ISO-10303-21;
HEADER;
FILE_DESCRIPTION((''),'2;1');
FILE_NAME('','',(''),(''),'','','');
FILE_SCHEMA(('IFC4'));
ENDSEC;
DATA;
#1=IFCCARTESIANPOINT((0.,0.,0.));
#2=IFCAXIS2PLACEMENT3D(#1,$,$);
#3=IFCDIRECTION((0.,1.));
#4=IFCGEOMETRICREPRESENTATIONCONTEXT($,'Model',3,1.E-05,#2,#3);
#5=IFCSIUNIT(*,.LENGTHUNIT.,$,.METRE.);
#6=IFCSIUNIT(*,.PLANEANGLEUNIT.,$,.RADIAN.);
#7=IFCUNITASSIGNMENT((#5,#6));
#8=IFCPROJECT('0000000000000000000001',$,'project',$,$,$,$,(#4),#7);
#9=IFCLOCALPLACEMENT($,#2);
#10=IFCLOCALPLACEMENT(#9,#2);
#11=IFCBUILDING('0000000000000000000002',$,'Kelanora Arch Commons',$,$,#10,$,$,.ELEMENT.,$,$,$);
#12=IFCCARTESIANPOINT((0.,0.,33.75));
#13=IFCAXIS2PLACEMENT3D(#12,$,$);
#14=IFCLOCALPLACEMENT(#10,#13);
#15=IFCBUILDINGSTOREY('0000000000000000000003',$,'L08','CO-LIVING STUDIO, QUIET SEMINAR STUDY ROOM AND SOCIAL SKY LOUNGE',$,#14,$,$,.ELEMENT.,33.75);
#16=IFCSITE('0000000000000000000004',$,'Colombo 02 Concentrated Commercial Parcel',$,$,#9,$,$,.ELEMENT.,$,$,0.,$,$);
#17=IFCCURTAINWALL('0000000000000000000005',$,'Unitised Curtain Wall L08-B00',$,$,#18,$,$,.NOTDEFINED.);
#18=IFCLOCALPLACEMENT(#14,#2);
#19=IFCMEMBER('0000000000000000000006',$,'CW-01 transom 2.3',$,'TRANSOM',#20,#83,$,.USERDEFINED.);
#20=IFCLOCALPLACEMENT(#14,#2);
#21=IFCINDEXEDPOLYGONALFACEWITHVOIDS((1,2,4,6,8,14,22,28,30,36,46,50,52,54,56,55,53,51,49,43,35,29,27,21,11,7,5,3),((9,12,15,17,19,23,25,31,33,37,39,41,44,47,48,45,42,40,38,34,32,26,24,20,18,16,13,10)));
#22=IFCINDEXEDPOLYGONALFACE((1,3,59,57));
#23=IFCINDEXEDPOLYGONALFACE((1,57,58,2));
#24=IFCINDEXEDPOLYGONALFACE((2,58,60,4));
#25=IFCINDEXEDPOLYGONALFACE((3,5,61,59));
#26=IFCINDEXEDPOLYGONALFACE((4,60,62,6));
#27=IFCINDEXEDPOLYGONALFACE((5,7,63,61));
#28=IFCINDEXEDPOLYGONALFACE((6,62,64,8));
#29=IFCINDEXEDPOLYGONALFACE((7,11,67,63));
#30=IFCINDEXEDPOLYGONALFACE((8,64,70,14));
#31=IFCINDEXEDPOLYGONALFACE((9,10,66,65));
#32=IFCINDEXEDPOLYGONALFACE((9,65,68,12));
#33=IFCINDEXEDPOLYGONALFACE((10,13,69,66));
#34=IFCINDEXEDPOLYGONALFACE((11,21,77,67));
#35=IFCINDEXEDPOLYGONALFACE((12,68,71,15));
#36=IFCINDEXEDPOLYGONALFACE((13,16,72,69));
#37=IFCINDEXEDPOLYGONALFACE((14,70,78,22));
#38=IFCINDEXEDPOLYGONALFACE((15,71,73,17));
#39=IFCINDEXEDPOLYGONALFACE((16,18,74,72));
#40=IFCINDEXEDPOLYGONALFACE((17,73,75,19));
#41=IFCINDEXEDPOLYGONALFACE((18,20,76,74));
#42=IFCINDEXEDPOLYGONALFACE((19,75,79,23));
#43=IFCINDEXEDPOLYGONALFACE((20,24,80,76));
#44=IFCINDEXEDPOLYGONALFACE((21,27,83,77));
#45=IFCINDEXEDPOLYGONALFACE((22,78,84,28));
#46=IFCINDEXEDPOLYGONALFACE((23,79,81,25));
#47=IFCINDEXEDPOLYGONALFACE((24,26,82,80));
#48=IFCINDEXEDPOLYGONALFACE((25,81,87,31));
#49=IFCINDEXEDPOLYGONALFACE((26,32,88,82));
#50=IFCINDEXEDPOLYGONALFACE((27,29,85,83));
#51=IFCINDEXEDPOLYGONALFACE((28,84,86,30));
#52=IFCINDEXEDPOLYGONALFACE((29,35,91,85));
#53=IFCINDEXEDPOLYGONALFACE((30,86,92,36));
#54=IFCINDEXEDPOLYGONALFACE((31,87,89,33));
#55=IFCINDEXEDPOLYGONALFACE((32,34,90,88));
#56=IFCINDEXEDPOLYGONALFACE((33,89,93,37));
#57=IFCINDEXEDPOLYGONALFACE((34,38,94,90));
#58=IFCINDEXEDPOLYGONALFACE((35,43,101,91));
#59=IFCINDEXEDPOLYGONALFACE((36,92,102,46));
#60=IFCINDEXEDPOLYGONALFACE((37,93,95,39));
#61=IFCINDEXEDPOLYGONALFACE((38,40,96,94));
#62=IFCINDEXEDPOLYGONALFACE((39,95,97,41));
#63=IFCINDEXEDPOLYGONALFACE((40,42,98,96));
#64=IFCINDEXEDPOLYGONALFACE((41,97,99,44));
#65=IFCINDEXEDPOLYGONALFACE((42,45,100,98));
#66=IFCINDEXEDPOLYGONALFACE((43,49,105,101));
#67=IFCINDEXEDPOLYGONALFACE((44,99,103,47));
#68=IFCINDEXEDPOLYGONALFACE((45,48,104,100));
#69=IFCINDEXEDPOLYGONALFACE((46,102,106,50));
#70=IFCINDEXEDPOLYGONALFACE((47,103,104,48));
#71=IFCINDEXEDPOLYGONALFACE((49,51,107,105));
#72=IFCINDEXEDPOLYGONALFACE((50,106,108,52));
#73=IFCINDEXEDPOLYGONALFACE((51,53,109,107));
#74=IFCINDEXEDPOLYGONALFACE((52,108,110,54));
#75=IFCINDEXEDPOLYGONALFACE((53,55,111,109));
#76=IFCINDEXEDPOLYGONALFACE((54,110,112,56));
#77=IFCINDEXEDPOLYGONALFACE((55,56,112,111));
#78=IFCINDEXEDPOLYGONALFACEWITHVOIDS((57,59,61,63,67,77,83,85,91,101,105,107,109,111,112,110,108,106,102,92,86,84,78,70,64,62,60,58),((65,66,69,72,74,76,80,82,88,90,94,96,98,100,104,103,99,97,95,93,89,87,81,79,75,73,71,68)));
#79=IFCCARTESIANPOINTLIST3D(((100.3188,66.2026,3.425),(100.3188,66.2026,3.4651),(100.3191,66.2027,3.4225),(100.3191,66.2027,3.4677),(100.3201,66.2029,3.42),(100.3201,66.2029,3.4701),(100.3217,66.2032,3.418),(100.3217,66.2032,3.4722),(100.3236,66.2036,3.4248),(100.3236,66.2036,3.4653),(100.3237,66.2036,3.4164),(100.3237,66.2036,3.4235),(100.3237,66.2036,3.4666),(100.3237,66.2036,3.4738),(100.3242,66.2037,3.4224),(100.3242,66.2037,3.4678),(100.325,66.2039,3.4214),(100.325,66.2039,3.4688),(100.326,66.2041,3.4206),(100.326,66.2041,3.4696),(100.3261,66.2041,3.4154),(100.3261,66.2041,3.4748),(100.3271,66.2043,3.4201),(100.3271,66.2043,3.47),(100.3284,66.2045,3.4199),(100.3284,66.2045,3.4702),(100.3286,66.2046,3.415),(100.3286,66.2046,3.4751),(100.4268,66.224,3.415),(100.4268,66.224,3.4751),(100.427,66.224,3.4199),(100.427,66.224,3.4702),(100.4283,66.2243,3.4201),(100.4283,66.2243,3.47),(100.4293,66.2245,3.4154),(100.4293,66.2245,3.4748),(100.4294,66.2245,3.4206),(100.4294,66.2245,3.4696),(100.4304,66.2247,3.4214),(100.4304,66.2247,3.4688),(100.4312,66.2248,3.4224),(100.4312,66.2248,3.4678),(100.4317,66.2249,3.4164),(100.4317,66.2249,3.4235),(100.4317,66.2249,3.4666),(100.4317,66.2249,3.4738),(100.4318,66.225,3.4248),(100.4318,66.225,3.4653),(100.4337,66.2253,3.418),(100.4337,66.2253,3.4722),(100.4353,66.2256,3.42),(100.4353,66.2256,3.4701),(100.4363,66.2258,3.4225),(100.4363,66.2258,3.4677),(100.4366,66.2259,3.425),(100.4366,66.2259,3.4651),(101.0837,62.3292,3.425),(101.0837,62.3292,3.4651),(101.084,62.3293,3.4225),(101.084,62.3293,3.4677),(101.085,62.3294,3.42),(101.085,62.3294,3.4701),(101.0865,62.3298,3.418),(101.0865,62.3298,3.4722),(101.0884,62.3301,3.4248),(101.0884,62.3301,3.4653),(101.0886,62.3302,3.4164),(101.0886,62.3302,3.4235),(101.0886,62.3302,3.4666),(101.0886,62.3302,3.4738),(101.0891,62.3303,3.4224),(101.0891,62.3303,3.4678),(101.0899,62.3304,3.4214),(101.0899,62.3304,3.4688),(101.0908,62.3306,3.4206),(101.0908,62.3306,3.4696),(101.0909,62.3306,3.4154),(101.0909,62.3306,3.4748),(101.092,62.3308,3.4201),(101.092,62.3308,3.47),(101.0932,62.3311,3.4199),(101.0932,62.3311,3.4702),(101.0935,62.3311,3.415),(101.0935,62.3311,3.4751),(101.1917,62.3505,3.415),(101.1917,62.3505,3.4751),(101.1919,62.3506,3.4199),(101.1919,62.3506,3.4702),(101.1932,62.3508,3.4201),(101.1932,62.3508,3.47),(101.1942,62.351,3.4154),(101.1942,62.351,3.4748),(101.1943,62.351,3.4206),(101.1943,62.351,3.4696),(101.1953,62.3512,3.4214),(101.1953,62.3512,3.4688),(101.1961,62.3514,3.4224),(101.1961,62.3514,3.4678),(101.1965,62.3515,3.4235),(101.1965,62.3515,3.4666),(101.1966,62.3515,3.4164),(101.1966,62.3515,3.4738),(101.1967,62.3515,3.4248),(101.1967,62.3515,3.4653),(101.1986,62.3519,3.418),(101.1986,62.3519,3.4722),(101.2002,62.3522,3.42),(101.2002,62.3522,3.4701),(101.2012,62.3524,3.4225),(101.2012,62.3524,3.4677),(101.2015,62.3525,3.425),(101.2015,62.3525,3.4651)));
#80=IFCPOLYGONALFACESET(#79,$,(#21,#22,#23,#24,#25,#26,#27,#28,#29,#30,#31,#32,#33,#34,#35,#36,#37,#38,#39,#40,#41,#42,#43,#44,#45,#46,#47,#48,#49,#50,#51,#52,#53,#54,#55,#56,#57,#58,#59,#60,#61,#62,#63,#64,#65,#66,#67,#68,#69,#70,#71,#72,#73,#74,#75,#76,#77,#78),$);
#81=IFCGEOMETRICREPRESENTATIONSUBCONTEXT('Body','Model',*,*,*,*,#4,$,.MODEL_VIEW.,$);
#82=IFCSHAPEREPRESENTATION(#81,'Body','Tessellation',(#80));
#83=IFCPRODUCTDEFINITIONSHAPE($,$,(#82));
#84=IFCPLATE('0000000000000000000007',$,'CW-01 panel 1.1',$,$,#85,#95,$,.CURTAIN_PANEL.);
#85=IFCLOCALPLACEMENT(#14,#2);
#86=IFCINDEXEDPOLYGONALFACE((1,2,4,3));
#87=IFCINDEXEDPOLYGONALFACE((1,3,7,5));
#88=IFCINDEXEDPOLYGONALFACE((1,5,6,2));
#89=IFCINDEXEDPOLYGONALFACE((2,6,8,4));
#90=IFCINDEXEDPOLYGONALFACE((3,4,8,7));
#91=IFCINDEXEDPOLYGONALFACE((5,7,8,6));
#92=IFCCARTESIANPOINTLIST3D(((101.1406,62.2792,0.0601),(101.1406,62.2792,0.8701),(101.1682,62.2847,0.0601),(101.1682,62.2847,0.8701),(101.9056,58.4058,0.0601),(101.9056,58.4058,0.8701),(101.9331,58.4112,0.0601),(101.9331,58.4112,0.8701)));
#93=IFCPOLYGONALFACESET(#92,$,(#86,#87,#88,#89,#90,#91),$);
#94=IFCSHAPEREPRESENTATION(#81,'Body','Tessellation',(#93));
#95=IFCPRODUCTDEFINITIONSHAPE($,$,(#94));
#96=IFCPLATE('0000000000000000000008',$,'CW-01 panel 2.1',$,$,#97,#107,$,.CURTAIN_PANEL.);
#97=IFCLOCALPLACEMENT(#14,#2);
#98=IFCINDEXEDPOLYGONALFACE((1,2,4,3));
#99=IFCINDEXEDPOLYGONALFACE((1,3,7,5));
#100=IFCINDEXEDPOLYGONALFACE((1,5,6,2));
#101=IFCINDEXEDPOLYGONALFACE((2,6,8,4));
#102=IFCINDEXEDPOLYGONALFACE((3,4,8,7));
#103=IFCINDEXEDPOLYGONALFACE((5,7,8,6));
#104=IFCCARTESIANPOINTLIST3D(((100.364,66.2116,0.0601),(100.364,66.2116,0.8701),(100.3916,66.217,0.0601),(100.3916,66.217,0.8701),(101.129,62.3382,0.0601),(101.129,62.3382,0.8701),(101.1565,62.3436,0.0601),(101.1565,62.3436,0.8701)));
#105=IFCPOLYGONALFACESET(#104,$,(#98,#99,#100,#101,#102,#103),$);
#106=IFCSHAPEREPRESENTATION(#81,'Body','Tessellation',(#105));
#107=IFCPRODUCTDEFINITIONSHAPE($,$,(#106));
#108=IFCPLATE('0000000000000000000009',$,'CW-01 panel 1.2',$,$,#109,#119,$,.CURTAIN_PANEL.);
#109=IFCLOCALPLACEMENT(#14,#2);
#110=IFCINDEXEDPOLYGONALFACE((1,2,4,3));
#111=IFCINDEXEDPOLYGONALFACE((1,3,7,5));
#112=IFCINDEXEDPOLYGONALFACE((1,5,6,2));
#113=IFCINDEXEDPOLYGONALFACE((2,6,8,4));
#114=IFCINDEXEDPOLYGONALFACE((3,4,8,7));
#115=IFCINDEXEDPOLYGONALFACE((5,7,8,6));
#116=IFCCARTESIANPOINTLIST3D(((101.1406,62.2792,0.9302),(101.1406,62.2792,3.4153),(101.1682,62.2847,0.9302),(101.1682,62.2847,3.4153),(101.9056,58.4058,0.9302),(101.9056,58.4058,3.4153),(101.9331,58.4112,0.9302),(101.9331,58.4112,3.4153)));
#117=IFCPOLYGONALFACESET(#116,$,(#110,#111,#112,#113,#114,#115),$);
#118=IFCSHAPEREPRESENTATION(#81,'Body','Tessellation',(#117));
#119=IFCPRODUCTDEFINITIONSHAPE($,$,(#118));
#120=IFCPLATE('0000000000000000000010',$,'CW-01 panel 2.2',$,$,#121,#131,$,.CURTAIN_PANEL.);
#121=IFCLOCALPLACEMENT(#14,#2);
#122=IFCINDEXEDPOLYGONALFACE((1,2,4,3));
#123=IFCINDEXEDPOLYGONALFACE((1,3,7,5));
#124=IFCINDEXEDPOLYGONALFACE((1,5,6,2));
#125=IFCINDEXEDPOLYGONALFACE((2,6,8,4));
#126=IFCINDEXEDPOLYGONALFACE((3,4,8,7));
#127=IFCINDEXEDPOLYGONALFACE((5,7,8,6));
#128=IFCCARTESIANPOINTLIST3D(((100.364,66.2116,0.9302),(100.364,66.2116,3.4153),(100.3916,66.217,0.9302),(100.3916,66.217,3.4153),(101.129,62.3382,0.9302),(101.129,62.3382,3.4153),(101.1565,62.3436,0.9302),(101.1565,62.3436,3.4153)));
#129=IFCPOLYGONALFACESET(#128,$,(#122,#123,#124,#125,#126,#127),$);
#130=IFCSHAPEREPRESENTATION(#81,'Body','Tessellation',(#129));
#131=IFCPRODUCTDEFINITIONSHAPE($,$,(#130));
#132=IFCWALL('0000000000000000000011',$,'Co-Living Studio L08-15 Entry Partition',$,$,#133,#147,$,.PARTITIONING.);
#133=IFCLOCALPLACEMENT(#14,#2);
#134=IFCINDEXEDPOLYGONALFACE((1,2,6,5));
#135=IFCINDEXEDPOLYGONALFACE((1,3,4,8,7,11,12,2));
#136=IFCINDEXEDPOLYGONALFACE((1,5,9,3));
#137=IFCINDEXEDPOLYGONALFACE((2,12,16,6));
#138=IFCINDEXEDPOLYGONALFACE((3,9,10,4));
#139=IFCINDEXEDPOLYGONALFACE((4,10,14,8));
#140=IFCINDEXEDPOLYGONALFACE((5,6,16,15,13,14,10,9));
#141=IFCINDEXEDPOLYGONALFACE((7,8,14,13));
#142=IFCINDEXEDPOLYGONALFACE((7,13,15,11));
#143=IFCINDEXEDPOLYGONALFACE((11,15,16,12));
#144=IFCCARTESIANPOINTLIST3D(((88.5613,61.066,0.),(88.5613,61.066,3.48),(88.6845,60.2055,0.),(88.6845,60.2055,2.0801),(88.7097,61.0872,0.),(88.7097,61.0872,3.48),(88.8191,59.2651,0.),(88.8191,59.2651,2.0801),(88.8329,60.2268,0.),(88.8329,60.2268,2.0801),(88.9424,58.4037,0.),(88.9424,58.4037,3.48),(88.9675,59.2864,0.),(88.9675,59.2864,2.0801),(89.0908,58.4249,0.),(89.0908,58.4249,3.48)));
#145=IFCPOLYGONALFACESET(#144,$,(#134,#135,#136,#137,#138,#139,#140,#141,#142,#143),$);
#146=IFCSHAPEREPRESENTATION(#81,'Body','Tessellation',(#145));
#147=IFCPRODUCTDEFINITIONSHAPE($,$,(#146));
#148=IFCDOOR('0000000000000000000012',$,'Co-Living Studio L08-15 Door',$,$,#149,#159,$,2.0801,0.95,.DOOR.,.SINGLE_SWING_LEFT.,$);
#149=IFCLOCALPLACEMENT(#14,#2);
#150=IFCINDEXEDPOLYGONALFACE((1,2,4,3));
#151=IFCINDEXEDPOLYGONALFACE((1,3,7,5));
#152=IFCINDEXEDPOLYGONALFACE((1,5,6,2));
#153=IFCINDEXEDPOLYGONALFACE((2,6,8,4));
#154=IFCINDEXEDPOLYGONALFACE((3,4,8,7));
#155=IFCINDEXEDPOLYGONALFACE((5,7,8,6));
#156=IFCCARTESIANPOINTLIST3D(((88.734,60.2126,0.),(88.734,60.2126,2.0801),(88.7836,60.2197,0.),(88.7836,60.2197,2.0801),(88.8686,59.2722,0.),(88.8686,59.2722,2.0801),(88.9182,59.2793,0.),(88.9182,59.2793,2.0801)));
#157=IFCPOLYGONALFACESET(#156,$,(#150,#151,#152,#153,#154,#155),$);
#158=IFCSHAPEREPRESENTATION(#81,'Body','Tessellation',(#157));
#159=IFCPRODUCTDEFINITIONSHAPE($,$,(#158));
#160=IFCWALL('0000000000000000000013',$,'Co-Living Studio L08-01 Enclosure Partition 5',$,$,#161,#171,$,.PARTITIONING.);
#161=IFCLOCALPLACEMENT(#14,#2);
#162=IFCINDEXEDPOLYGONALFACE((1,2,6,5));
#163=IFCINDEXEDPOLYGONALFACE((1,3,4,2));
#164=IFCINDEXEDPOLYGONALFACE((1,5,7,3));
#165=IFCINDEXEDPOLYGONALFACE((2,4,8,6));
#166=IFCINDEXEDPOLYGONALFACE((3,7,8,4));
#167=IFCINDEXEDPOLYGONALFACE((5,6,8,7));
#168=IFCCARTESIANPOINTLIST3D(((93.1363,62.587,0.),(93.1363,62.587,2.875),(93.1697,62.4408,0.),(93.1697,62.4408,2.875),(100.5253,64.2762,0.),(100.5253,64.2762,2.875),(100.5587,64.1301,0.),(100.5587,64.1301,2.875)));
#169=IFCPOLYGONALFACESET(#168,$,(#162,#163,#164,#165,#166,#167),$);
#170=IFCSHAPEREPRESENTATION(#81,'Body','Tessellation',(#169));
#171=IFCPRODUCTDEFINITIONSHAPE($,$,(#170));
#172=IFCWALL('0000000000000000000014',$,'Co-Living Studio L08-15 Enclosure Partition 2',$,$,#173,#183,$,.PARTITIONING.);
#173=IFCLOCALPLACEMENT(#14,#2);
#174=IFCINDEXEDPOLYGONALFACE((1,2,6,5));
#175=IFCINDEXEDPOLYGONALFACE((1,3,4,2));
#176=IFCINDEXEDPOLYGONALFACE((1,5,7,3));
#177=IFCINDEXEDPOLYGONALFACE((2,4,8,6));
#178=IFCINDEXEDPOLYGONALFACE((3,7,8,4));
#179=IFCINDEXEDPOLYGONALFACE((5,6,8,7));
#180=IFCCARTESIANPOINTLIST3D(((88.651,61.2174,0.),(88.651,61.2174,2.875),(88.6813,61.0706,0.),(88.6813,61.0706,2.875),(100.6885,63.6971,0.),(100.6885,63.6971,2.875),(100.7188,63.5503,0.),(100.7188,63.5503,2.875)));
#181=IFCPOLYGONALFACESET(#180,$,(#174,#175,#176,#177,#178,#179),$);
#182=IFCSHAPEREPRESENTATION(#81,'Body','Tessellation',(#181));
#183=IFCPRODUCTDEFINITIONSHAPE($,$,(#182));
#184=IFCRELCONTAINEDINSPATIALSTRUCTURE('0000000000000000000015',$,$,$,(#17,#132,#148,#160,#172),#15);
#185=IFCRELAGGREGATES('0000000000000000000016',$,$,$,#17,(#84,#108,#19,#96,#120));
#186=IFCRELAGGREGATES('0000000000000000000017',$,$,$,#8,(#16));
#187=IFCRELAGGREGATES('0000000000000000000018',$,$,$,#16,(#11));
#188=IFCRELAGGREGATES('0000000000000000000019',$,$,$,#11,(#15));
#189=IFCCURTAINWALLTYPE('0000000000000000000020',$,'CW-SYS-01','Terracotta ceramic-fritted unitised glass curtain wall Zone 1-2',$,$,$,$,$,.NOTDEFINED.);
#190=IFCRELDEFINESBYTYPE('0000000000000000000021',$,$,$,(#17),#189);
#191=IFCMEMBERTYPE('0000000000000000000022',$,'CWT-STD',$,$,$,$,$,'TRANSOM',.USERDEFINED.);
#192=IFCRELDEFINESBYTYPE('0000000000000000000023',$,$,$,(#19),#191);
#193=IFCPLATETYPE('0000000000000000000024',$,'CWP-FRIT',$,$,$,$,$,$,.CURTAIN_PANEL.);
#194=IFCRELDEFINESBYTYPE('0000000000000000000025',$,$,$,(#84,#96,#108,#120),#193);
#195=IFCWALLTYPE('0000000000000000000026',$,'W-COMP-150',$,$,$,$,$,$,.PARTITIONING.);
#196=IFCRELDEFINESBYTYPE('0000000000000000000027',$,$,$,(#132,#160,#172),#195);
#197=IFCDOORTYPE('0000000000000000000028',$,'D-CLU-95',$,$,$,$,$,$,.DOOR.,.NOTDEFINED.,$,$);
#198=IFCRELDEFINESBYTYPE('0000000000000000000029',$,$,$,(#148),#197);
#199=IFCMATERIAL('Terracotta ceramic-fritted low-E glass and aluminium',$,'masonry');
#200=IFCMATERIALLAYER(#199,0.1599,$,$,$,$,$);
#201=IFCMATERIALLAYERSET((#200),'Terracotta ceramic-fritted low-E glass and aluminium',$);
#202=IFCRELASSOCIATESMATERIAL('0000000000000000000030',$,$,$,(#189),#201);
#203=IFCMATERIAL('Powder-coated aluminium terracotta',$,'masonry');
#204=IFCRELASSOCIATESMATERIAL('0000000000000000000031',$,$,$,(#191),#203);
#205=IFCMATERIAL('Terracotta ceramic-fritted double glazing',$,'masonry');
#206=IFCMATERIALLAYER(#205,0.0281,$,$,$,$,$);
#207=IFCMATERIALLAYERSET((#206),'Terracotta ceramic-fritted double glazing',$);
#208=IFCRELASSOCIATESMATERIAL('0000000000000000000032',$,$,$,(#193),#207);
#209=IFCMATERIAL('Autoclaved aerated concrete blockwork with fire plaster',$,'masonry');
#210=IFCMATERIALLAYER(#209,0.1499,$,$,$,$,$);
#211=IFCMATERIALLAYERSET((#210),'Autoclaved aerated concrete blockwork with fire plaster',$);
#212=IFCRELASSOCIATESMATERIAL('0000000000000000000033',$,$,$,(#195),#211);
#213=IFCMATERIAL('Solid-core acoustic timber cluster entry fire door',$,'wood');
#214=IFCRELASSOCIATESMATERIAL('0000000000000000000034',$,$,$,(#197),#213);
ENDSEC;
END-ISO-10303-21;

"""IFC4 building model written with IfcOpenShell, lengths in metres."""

from ifc_helpers import new_model, si_unit, direction, frame, frame_2d, origin, origin_2d, place, context, subcontext, project, spatial, rectangle, hollow_rectangle, extrude, source, transform, mapped, material, layer, layer_set, material_profile, profile_set, type_object, element, fill, aggregate, save


model = new_model("IFC4")

# Units and contexts
model_context = context("Model", 3, precision=1e-05, world=origin(), true_north=direction((0.0, 1.0)))
body_context = subcontext(model_context, "Body", "Model", "MODEL_VIEW")
ifc_project = project(units=[si_unit("LENGTHUNIT", "METRE"), si_unit("PLANEANGLEUNIT", "RADIAN")], contexts=[model_context])

# Site, building, storey
site_placement = place(None, origin())
site = spatial("IfcSite", under=ifc_project, at=site_placement, Name="Colombo 02 Concentrated Commercial Parcel", CompositionType="ELEMENT", RefElevation=0.0)
building_placement = place(site_placement, origin())
building = spatial("IfcBuilding", under=site, at=building_placement, Name="Kelanora Arch Commons", CompositionType="ELEMENT")
storey_placement = place(building_placement, frame((0.0, 0.0, 33.75)))
storey = spatial("IfcBuildingStorey", under=building, at=storey_placement, Name="L08", Description="CO-LIVING STUDIO, QUIET SEMINAR STUDY ROOM AND SOCIAL SKY LOUNGE", CompositionType="ELEMENT", Elevation=33.75)

# Curtain wall, member, plates
ifc_material_1 = material(Name="Terracotta ceramic-fritted low-E glass and aluminium", Category="masonry")
ifc_layer_1 = layer(ifc_material_1, 0.1599)
ifc_layer_set_1 = layer_set([ifc_layer_1], Name="Terracotta ceramic-fritted low-E glass and aluminium")
curtain_wall_type = type_object("IfcCurtainWallType", Name="CW-SYS-01", Description="Terracotta ceramic-fritted unitised glass curtain wall Zone 1-2", PredefinedType="NOTDEFINED", material=ifc_layer_set_1)
curtain_wall_placement = place(storey_placement, origin())
curtain_wall = element("IfcCurtainWall", 1, at=curtain_wall_placement, inside=storey, type_object=curtain_wall_type, Name="Unitised Curtain Wall L08-B00", PredefinedType="NOTDEFINED")
ifc_material_2 = material(Name="Powder-coated aluminium terracotta", Category="masonry")
ifc_material_profile_1 = material_profile(ifc_material_2, hollow_rectangle(XDim=0.1201, YDim=0.0601, WallThickness=0.0049, InnerFilletRadius=0.0049, OuterFilletRadius=0.01, at=origin_2d()), Name="CWT120x60")
ifc_profile_set_1 = profile_set([ifc_material_profile_1], Name="Powder-coated aluminium terracotta")
member_type_1 = type_object("IfcMemberType", Name="CWT-STD", ElementType="TRANSOM", PredefinedType="USERDEFINED", material=ifc_profile_set_1)
member_1_placement = place(storey_placement, frame((101.1426, 62.3408, 3.4451), z_axis=(-0.193725, 0.981056, 0.0), x_axis=(-0.981056, -0.193725, 0.0)))
member_1 = element("IfcMember", 2, at=member_1_placement, type_object=member_type_1, Name="CW-01 transom 2.3", ObjectType="TRANSOM", PredefinedType="USERDEFINED", context=body_context, shape_type="SweptSolid", body=[
    extrude(hollow_rectangle(XDim=0.1201, YDim=0.0601, WallThickness=0.0049, InnerFilletRadius=0.0049, OuterFilletRadius=0.01, at=origin_2d()), origin(), (0.0, 0.0, 1.0), 3.9482),
])
ifc_material_3 = material(Name="Terracotta ceramic-fritted double glazing", Category="masonry")
ifc_layer_2 = layer(ifc_material_3, 0.0281)
ifc_layer_set_2 = layer_set([ifc_layer_2], Name="Terracotta ceramic-fritted double glazing")
plate_type = type_object("IfcPlateType", Name="CWP-FRIT", PredefinedType="CURTAIN_PANEL", material=ifc_layer_set_2)
shared_shape_1 = source(origin(), body_context, "Body", "SweptSolid", [
    extrude(rectangle(XDim=3.9482, YDim=0.0281, at=origin_2d()), origin(), (0.0, 0.0, 1.0), 0.8101),
])
plate_1_placement = place(storey_placement, frame((101.5369, 60.3452, 0.0601), z_axis=(0.0, 0.0, 1.0), x_axis=(-0.193744, 0.981052, 0.0)))
plate_1 = element("IfcPlate", 3, at=plate_1_placement, type_object=plate_type, Name="CW-01 panel 1.1", PredefinedType="CURTAIN_PANEL", context=body_context, shape_type="MappedRepresentation", body=[
    mapped(shared_shape_1, transform((0.0, 0.0, 0.0), scale=1.0)),
])
plate_2_placement = place(storey_placement, frame((100.7603, 64.2776, 0.0601), z_axis=(0.0, 0.0, 1.0), x_axis=(-0.193744, 0.981052, 0.0)))
plate_2 = element("IfcPlate", 4, at=plate_2_placement, type_object=plate_type, Name="CW-01 panel 2.1", PredefinedType="CURTAIN_PANEL", context=body_context, shape_type="MappedRepresentation", body=[
    mapped(shared_shape_1, transform((0.0, 0.0, 0.0), scale=1.0)),
])
shared_shape_2 = source(origin(), body_context, "Body", "SweptSolid", [
    extrude(rectangle(XDim=3.9482, YDim=0.0281, at=origin_2d()), origin(), (0.0, 0.0, 1.0), 2.4851),
])
plate_3_placement = place(storey_placement, frame((101.5369, 60.3452, 0.9302), z_axis=(0.0, 0.0, 1.0), x_axis=(-0.193744, 0.981052, 0.0)))
plate_3 = element("IfcPlate", 5, at=plate_3_placement, type_object=plate_type, Name="CW-01 panel 1.2", PredefinedType="CURTAIN_PANEL", context=body_context, shape_type="MappedRepresentation", body=[
    mapped(shared_shape_2, transform((0.0, 0.0, 0.0), scale=1.0)),
])
plate_4_placement = place(storey_placement, frame((100.7603, 64.2776, 0.9302), z_axis=(0.0, 0.0, 1.0), x_axis=(-0.193744, 0.981052, 0.0)))
plate_4 = element("IfcPlate", 6, at=plate_4_placement, type_object=plate_type, Name="CW-01 panel 2.2", PredefinedType="CURTAIN_PANEL", context=body_context, shape_type="MappedRepresentation", body=[
    mapped(shared_shape_2, transform((0.0, 0.0, 0.0), scale=1.0)),
])
aggregate(curtain_wall, [plate_1, plate_3, member_1, plate_2, plate_4])

# Wall, opening, door
ifc_material_4 = material(Name="Autoclaved aerated concrete blockwork with fire plaster", Category="masonry")
ifc_layer_3 = layer(ifc_material_4, 0.1499)
ifc_layer_set_3 = layer_set([ifc_layer_3], Name="Autoclaved aerated concrete blockwork with fire plaster")
wall_type_1 = type_object("IfcWallType", Name="W-COMP-150", PredefinedType="PARTITIONING", material=ifc_layer_set_3)
wall_1_placement = place(storey_placement, frame((89.0166, 58.4143, 0.0), z_axis=(0.0, 0.0, 1.0), x_axis=(-0.141701, 0.98991, 0.0)))
wall_1 = element("IfcWall", 7, at=wall_1_placement, inside=storey, type_object=wall_type_1, Name="Co-Living Studio L08-15 Entry Partition", PredefinedType="PARTITIONING", context=body_context, shape_type="SweptSolid", body=[
    extrude(rectangle(XDim=2.6895, YDim=0.1499, at=frame_2d((1.3447, 0.0))), origin(), (0.0, 0.0, 1.0), 3.48),
])
opening_1_placement = place(wall_1_placement, frame((0.8701, 0.0, 0.0)))
opening_1 = element("IfcOpeningElement", 8, at=opening_1_placement, cuts=wall_1, PredefinedType="OPENING", context=body_context, shape_type="SweptSolid", body=[
    extrude(rectangle(XDim=0.95, YDim=2.0801, at=frame_2d((0.4751, 1.04))), frame((0.0, 0.085, 0.0), z_axis=(0.0, -1.0, 0.0), x_axis=(1.0, 0.0, 0.0)), (0.0, 0.0, 1.0), 0.1699),
])
ifc_material_5 = material(Name="Solid-core acoustic timber cluster entry fire door", Category="wood")
door_type_1 = type_object("IfcDoorType", Name="D-CLU-95", OperationType="NOTDEFINED", PredefinedType="DOOR", material=ifc_material_5)
door_1_placement = place(opening_1_placement, origin())
door_1 = element("IfcDoor", 9, at=door_1_placement, inside=storey, type_object=door_type_1, Name="Co-Living Studio L08-15 Door", OperationType="SINGLE_SWING_LEFT", OverallHeight=2.0801, OverallWidth=0.95, PredefinedType="DOOR", context=body_context, shape_type="SweptSolid", body=[
    extrude(rectangle(XDim=0.95, YDim=2.0801, at=frame_2d((0.4751, 1.04))), frame((0.0, 0.0249, 0.0), z_axis=(0.0, -1.0, 0.0), x_axis=(1.0, 0.0, 0.0)), (0.0, 0.0, 1.0), 0.05),
])
fill(opening_1, door_1)

# Walls
wall_2_placement = place(storey_placement, frame((100.542, 64.2031, 0.0), z_axis=(0.0, 0.0, 1.0), x_axis=(-0.97485, -0.222864, 0.0)))
element("IfcWall", 10, at=wall_2_placement, inside=storey, type_object=wall_type_1, Name="Co-Living Studio L08-01 Enclosure Partition 5", PredefinedType="PARTITIONING", context=body_context, shape_type="SweptSolid", body=[
    extrude(rectangle(XDim=7.5796, YDim=0.1499, at=frame_2d((3.7898, 0.0))), origin(), (0.0, 0.0, 1.0), 2.875),
])
wall_3_placement = place(storey_placement, frame((88.6663, 61.144, 0.0), z_axis=(0.0, 0.0, 1.0), x_axis=(0.979434, 0.201763, 0.0)))
element("IfcWall", 11, at=wall_3_placement, inside=storey, type_object=wall_type_1, Name="Co-Living Studio L08-15 Enclosure Partition 2", PredefinedType="PARTITIONING", context=body_context, shape_type="SweptSolid", body=[
    extrude(rectangle(XDim=12.2903, YDim=0.1499, at=frame_2d((6.145, 0.0))), origin(), (0.0, 0.0, 1.0), 2.875),
])

save(model, "model.ifc")
